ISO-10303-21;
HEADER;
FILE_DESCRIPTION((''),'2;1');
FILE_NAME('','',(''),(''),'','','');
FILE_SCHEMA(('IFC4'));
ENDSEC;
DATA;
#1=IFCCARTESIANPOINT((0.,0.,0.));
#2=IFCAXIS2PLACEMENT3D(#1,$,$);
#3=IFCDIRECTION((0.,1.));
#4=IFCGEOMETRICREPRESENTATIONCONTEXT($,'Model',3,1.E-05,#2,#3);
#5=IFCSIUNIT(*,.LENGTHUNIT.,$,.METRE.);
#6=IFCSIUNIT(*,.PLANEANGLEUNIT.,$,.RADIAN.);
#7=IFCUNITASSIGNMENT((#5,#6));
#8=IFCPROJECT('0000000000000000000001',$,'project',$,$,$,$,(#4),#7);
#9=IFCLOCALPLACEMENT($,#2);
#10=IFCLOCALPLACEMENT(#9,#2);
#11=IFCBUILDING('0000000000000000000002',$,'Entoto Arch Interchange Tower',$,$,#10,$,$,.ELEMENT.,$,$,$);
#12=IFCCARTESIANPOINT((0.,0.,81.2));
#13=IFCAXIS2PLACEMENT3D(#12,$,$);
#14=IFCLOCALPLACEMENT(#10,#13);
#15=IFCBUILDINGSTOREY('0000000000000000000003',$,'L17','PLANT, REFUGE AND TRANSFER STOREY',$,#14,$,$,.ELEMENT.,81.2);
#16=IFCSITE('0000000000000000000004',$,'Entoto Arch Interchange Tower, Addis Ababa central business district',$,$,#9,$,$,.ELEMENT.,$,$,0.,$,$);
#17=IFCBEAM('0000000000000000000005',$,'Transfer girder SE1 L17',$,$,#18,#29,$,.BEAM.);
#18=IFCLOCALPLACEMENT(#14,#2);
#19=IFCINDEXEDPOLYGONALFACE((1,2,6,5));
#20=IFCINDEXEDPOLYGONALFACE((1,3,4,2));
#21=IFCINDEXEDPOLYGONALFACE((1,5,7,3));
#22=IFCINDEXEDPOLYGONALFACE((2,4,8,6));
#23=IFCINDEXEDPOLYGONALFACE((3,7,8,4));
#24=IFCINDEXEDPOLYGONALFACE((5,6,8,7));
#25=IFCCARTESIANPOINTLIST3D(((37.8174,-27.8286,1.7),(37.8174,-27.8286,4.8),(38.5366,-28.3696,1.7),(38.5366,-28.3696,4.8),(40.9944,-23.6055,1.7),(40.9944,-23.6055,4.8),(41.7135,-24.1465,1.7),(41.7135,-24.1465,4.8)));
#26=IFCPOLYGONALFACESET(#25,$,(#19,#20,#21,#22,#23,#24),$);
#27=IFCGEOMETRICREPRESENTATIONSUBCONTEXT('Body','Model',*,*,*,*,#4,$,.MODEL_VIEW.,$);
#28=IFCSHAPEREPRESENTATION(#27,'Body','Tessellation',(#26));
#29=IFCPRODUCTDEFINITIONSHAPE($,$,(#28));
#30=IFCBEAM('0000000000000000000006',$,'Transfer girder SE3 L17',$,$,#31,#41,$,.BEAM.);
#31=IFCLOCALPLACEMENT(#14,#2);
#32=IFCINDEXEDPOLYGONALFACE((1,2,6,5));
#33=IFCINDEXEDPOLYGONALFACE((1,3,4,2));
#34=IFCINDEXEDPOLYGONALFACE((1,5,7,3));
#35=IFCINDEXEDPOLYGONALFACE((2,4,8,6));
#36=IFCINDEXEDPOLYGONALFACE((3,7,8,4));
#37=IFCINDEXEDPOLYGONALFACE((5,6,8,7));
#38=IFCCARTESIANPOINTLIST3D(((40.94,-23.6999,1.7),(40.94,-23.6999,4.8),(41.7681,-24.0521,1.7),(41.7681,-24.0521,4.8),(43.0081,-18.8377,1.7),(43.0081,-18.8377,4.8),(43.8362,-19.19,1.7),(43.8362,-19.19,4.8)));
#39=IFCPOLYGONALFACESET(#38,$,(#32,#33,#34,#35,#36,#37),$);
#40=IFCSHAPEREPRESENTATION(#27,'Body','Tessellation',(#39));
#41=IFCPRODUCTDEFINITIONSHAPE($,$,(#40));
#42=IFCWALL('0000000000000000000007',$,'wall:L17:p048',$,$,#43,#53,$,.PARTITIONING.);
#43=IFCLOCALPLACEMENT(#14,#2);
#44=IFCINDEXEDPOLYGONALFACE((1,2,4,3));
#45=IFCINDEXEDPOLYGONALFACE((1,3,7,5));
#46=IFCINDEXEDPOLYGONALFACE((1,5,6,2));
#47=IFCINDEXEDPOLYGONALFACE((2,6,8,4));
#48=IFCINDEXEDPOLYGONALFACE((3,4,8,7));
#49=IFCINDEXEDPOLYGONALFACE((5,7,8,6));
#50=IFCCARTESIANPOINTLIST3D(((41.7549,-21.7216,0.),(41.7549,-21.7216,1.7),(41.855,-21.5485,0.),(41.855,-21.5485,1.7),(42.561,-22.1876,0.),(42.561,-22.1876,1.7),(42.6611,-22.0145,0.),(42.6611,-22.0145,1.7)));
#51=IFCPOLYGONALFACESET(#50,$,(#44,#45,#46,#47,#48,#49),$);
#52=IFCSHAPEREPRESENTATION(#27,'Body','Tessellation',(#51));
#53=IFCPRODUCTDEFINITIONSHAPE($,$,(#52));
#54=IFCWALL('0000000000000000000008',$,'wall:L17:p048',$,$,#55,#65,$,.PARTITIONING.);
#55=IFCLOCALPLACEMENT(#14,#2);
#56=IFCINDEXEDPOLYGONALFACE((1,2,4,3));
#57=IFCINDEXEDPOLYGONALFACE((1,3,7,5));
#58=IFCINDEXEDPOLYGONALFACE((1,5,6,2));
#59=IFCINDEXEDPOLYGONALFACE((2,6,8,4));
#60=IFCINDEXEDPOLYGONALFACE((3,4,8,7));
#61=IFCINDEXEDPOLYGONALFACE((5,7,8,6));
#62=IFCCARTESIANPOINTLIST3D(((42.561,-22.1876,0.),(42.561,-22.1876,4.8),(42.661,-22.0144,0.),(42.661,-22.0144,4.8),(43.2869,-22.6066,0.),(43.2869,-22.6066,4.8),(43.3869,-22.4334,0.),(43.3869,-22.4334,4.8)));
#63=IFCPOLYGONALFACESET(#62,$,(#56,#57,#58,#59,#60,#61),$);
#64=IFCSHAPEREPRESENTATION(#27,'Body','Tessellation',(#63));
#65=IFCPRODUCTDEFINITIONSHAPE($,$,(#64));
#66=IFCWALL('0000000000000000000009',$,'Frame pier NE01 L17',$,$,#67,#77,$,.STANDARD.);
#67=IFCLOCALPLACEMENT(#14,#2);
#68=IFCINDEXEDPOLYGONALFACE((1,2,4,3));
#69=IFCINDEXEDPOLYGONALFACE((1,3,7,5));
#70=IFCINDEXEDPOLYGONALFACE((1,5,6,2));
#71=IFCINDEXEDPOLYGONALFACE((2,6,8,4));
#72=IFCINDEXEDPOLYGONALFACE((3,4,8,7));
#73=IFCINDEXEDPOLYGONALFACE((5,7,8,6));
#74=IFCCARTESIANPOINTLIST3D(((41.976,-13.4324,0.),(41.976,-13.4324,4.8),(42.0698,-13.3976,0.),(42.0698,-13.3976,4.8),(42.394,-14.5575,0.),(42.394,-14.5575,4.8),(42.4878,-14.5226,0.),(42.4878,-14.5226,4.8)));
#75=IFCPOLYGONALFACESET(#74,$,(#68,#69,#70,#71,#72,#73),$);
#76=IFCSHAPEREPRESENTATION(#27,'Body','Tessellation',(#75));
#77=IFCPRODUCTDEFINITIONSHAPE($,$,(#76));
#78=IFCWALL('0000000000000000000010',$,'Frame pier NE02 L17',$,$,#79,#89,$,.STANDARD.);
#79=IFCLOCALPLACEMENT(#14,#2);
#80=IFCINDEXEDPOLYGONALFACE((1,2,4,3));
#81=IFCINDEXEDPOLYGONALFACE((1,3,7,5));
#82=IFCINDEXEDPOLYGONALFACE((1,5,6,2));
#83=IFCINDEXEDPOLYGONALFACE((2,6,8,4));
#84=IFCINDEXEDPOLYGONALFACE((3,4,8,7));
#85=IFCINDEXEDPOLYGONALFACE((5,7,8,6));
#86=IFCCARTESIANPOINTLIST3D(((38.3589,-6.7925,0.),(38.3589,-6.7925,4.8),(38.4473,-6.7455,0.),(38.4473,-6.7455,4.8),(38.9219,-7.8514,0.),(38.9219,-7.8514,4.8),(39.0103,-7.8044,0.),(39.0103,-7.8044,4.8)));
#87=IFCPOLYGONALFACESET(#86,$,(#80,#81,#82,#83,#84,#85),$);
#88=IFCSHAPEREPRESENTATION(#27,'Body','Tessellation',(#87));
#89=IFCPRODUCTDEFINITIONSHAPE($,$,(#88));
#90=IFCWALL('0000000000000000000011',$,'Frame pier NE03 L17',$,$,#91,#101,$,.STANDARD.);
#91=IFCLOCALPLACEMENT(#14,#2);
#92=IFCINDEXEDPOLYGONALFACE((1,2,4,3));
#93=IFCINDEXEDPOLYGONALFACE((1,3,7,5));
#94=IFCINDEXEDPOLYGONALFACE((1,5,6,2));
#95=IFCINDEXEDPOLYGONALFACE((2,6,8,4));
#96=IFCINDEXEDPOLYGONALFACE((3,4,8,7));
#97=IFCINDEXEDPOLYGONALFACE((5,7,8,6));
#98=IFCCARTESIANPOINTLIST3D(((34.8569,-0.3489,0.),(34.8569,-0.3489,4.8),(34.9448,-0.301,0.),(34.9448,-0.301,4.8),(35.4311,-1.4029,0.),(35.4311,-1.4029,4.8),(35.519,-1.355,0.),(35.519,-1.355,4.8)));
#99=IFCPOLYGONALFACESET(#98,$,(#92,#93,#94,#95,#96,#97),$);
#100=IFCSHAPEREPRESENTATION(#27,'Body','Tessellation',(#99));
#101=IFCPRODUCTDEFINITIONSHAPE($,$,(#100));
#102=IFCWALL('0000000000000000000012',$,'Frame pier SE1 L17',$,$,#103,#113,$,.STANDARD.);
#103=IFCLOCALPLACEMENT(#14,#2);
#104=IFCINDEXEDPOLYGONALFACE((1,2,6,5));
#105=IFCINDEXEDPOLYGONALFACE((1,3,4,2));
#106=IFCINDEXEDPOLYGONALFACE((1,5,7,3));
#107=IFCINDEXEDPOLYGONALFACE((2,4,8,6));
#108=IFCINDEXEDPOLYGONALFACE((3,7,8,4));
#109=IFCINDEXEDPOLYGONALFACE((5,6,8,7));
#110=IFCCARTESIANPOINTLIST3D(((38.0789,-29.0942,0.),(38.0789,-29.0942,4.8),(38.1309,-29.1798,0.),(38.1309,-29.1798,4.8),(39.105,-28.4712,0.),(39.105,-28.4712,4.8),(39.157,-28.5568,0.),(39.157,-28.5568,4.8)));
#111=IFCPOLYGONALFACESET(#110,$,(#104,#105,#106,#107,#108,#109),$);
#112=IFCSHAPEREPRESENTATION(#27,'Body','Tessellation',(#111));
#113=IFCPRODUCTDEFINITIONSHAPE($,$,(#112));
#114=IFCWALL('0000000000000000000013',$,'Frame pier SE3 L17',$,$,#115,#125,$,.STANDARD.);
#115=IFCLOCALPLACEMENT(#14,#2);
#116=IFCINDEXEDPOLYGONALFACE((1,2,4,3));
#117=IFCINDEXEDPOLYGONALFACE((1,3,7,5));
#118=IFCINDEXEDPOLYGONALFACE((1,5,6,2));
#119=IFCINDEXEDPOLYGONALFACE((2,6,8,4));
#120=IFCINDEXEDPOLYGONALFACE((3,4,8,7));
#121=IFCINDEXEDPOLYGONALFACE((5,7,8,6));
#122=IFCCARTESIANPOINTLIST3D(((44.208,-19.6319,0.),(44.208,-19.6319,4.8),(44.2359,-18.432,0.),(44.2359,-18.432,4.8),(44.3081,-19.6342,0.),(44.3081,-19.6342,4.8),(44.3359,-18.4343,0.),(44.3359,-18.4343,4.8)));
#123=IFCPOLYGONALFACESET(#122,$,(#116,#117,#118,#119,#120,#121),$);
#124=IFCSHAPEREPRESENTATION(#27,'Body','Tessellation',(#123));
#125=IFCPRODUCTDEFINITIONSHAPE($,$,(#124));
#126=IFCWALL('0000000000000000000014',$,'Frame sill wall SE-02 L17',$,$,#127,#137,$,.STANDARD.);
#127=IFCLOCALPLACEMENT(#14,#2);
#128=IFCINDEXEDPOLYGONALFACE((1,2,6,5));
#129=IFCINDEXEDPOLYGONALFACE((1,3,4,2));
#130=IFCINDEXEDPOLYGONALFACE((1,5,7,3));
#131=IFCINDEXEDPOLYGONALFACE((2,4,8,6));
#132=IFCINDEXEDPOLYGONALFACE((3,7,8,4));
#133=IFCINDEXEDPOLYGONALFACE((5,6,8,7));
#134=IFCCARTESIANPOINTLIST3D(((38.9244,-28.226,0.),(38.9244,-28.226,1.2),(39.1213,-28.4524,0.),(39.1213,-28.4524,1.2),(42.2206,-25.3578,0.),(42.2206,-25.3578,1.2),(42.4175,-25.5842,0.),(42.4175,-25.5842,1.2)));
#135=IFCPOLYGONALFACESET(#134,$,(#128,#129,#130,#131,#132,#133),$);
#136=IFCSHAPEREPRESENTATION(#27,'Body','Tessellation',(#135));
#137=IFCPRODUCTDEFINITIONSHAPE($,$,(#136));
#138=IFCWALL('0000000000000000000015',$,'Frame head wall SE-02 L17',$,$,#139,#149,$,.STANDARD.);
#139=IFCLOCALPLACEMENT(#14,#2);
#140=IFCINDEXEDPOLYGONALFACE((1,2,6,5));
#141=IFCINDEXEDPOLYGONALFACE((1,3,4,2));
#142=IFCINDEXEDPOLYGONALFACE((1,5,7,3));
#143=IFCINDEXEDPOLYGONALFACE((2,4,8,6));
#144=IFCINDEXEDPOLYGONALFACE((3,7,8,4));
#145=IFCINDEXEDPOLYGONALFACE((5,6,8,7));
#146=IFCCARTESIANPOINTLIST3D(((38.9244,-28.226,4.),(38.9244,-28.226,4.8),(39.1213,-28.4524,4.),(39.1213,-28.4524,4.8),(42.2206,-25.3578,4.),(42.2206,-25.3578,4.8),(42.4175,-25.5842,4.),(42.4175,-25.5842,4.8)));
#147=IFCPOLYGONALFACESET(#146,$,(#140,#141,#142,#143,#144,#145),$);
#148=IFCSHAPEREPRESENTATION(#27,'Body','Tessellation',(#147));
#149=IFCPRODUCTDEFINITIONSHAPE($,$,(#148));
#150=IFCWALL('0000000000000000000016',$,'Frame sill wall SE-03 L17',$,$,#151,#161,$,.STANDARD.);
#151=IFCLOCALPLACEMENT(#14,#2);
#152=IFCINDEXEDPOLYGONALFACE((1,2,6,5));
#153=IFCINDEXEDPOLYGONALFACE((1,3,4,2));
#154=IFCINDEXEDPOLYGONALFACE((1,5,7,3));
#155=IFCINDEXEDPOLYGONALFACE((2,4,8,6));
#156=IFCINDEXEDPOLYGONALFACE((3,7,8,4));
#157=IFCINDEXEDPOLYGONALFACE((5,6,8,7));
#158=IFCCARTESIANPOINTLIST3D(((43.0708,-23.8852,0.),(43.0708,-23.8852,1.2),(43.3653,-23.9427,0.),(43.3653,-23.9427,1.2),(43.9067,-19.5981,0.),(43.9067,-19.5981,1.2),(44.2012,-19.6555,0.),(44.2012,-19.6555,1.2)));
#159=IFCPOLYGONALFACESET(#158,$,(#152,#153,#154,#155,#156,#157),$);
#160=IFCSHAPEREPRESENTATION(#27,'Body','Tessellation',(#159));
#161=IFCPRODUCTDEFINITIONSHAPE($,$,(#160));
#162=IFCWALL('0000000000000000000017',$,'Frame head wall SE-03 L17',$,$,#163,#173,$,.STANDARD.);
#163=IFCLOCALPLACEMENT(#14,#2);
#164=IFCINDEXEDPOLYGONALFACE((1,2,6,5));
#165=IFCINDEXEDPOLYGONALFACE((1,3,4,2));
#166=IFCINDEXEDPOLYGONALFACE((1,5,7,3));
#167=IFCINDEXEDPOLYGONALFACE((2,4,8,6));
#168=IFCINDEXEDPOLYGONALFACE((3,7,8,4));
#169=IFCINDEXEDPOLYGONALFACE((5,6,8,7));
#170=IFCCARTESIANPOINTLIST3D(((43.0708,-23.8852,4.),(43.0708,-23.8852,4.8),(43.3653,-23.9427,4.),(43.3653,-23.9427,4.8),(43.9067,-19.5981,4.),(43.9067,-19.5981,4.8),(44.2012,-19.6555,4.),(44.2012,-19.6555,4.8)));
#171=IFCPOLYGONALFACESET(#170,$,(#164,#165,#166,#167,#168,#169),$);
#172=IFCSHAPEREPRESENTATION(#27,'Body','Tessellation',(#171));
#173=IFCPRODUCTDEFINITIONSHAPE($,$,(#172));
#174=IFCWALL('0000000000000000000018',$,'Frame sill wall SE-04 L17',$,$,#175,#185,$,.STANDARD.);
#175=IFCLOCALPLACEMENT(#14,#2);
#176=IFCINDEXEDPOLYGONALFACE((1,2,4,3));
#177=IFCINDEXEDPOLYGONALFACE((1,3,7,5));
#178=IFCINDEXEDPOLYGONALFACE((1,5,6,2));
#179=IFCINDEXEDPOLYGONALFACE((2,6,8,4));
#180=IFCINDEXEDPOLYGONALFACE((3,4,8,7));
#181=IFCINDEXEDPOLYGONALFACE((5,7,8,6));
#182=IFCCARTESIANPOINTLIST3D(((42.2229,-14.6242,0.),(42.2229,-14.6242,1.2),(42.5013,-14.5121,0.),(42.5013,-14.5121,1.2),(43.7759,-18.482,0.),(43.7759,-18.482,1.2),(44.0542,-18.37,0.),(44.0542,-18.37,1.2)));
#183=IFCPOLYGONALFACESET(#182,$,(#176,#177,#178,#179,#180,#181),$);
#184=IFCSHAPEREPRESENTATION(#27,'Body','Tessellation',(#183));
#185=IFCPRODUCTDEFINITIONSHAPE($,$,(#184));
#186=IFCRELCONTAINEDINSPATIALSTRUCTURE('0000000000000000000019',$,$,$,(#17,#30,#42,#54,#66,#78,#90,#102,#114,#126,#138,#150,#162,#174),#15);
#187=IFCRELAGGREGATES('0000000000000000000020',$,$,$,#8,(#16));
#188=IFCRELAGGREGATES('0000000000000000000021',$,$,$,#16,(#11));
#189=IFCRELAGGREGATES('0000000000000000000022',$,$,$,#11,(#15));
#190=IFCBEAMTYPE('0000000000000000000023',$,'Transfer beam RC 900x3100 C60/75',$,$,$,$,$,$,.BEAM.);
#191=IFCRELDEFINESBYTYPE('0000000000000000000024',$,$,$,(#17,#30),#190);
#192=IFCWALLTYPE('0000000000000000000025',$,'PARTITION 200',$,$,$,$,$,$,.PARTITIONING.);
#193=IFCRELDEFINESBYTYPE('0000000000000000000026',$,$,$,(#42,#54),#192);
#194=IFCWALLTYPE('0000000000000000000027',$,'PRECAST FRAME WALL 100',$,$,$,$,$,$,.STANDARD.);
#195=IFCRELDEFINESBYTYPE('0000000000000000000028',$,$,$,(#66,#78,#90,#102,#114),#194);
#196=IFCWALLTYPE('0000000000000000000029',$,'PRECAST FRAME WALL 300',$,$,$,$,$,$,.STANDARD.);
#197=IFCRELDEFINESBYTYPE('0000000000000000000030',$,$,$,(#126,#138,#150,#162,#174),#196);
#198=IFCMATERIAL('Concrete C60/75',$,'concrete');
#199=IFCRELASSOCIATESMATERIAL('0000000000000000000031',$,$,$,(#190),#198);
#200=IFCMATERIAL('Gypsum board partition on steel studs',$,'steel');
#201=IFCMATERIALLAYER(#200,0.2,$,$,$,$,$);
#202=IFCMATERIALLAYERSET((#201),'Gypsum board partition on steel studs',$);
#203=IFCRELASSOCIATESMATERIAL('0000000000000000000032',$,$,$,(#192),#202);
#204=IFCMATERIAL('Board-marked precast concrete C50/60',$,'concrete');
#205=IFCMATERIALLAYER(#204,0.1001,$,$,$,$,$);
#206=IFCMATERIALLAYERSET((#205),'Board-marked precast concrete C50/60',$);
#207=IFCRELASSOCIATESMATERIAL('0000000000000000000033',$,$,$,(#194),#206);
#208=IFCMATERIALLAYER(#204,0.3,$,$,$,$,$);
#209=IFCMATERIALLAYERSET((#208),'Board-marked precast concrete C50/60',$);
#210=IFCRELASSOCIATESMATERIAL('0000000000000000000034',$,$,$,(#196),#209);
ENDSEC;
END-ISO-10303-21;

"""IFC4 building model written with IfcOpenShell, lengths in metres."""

from ifc_helpers import new_model, si_unit, direction, frame, frame_2d, origin, origin_2d, place, context, subcontext, project, spatial, rectangle, extrude, material, layer, layer_set, material_profile, profile_set, type_object, element, save


model = new_model("IFC4")

# Units and contexts
model_context = context("Model", 3, precision=1e-05, world=origin(), true_north=direction((0.0, 1.0)))
body_context = subcontext(model_context, "Body", "Model", "MODEL_VIEW")
ifc_project = project(units=[si_unit("LENGTHUNIT", "METRE"), si_unit("PLANEANGLEUNIT", "RADIAN")], contexts=[model_context])

# Site, building, storey
site_placement = place(None, origin())
site = spatial("IfcSite", under=ifc_project, at=site_placement, Name="Entoto Arch Interchange Tower, Addis Ababa central business district", CompositionType="ELEMENT", RefElevation=0.0)
building_placement = place(site_placement, origin())
building = spatial("IfcBuilding", under=site, at=building_placement, Name="Entoto Arch Interchange Tower", CompositionType="ELEMENT")
storey_placement = place(building_placement, frame((0.0, 0.0, 81.2)))
storey = spatial("IfcBuildingStorey", under=building, at=storey_placement, Name="L17", Description="PLANT, REFUGE AND TRANSFER STOREY", CompositionType="ELEMENT", Elevation=81.2)

# Shared definitions
ifc_material_1 = material(Name="Concrete C60/75", Category="concrete")

# Beams
ifc_material_profile_1 = material_profile(ifc_material_1, rectangle(XDim=0.8999, YDim=3.1001, at=origin_2d()))
ifc_profile_set_1 = profile_set([ifc_material_profile_1], Name="Concrete C60/75")
beam_type_1 = type_object("IfcBeamType", Name="Transfer beam RC 900x3100 C60/75", PredefinedType="BEAM", material=ifc_profile_set_1)
beam_1_placement = place(storey_placement, frame((38.177, -28.0991, 3.25), z_axis=(0.601167, 0.799123, 0.0), x_axis=(-0.799123, 0.601167, 0.0)))
element("IfcBeam", 1, at=beam_1_placement, inside=storey, type_object=beam_type_1, Name="Transfer girder SE1 L17", PredefinedType="BEAM", context=body_context, shape_type="SweptSolid", body=[
    extrude(rectangle(XDim=0.8999, YDim=3.1001, at=origin_2d()), origin(), (0.0, 0.0, 1.0), 5.2847),
])
beam_2_placement = place(storey_placement, frame((41.354, -23.876, 3.25), z_axis=(0.391419, 0.920212, 0.0), x_axis=(-0.920212, 0.391419, 0.0)))
element("IfcBeam", 2, at=beam_2_placement, inside=storey, type_object=beam_type_1, Name="Transfer girder SE3 L17", PredefinedType="BEAM", context=body_context, shape_type="SweptSolid", body=[
    extrude(rectangle(XDim=0.8999, YDim=3.1001, at=origin_2d()), origin(), (0.0, 0.0, 1.0), 5.2837),
])

# Walls
ifc_material_2 = material(Name="Gypsum board partition on steel studs", Category="steel")
ifc_layer_1 = layer(ifc_material_2, 0.2)
ifc_layer_set_1 = layer_set([ifc_layer_1], Name="Gypsum board partition on steel studs")
wall_type_1 = type_object("IfcWallType", Name="PARTITION 200", PredefinedType="PARTITIONING", material=ifc_layer_set_1)
wall_1_placement = place(storey_placement, frame((41.8049, -21.635, 0.0), z_axis=(0.0, 0.0, 1.0), x_axis=(0.865731, -0.500509, 0.0)))
element("IfcWall", 3, at=wall_1_placement, inside=storey, type_object=wall_type_1, Name="wall:L17:p048", PredefinedType="PARTITIONING", context=body_context, shape_type="SweptSolid", body=[
    extrude(rectangle(XDim=0.9312, YDim=0.2, at=frame_2d((0.4656, 0.0))), origin(), (0.0, 0.0, 1.0), 1.7),
])
wall_2_placement = place(storey_placement, frame((42.6111, -22.1011, 0.0), z_axis=(0.0, 0.0, 1.0), x_axis=(0.866084, -0.499899, 0.0)))
element("IfcWall", 4, at=wall_2_placement, inside=storey, type_object=wall_type_1, Name="wall:L17:p048", PredefinedType="PARTITIONING", context=body_context, shape_type="SweptSolid", body=[
    extrude(rectangle(XDim=0.8381, YDim=0.2, at=frame_2d((0.4189, 0.0))), origin(), (0.0, 0.0, 1.0), 4.8),
])
ifc_material_3 = material(Name="Board-marked precast concrete C50/60", Category="concrete")
ifc_layer_2 = layer(ifc_material_3, 0.1001)
ifc_layer_set_2 = layer_set([ifc_layer_2], Name="Board-marked precast concrete C50/60")
wall_type_2 = type_object("IfcWallType", Name="PRECAST FRAME WALL 100", PredefinedType="STANDARD", material=ifc_layer_set_2)
wall_3_placement = place(storey_placement, frame((42.4409, -14.54, 0.0), z_axis=(0.0, 0.0, 1.0), x_axis=(-0.348268, 0.937395, 0.0)))
element("IfcWall", 5, at=wall_3_placement, inside=storey, type_object=wall_type_2, Name="Frame pier NE01 L17", PredefinedType="STANDARD", context=body_context, shape_type="SweptSolid", body=[
    extrude(rectangle(XDim=1.2002, YDim=0.1001, at=frame_2d((0.6001, 0.0))), origin(), (0.0, 0.0, 1.0), 4.8),
])
wall_4_placement = place(storey_placement, frame((38.9661, -7.8279, 0.0), z_axis=(0.0, 0.0, 1.0), x_axis=(-0.469468, 0.88295, 0.0)))
element("IfcWall", 6, at=wall_4_placement, inside=storey, type_object=wall_type_2, Name="Frame pier NE02 L17", PredefinedType="STANDARD", context=body_context, shape_type="SweptSolid", body=[
    extrude(rectangle(XDim=1.1992, YDim=0.1001, at=frame_2d((0.5996, 0.0))), origin(), (0.0, 0.0, 1.0), 4.8),
])
wall_5_placement = place(storey_placement, frame((35.4751, -1.3789, 0.0), z_axis=(0.0, 0.0, 1.0), x_axis=(-0.478425, 0.878129, 0.0)))
element("IfcWall", 7, at=wall_5_placement, inside=storey, type_object=wall_type_2, Name="Frame pier NE03 L17", PredefinedType="STANDARD", context=body_context, shape_type="SweptSolid", body=[
    extrude(rectangle(XDim=1.2002, YDim=0.1001, at=frame_2d((0.6001, 0.0))), origin(), (0.0, 0.0, 1.0), 4.8),
])
wall_6_placement = place(storey_placement, frame((38.105, -29.137, 0.0), z_axis=(0.0, 0.0, 1.0), x_axis=(0.854771, 0.519005, 0.0)))
element("IfcWall", 8, at=wall_6_placement, inside=storey, type_object=wall_type_2, Name="Frame pier SE1 L17", PredefinedType="STANDARD", context=body_context, shape_type="SweptSolid", body=[
    extrude(rectangle(XDim=1.2004, YDim=0.1001, at=frame_2d((0.6001, 0.0))), origin(), (0.0, 0.0, 1.0), 4.8),
])
wall_7_placement = place(storey_placement, frame((44.2581, -19.6331, 0.0), z_axis=(0.0, 0.0, 1.0), x_axis=(0.023188, 0.999731, 0.0)))
element("IfcWall", 9, at=wall_7_placement, inside=storey, type_object=wall_type_2, Name="Frame pier SE3 L17", PredefinedType="STANDARD", context=body_context, shape_type="SweptSolid", body=[
    extrude(rectangle(XDim=1.2002, YDim=0.1001, at=frame_2d((0.6001, 0.0))), origin(), (0.0, 0.0, 1.0), 4.8),
])
ifc_layer_3 = layer(ifc_material_3, 0.3)
ifc_layer_set_3 = layer_set([ifc_layer_3], Name="Board-marked precast concrete C50/60")
wall_type_3 = type_object("IfcWallType", Name="PRECAST FRAME WALL 300", PredefinedType="STANDARD", material=ifc_layer_set_3)
wall_8_placement = place(storey_placement, frame((39.0229, -28.3391, 0.0), z_axis=(0.0, 0.0, 1.0), x_axis=(0.754384, 0.656433, 0.0)))
element("IfcWall", 10, at=wall_8_placement, inside=storey, type_object=wall_type_3, Name="Frame sill wall SE-02 L17", PredefinedType="STANDARD", context=body_context, shape_type="SweptSolid", body=[
    extrude(rectangle(XDim=4.3694, YDim=0.3, at=frame_2d((2.1846, 0.0))), origin(), (0.0, 0.0, 1.0), 1.2),
])
wall_9_placement = place(storey_placement, frame((39.0229, -28.3391, 4.0), z_axis=(0.0, 0.0, 1.0), x_axis=(0.754384, 0.656433, 0.0)))
element("IfcWall", 11, at=wall_9_placement, inside=storey, type_object=wall_type_3, Name="Frame head wall SE-02 L17", PredefinedType="STANDARD", context=body_context, shape_type="SweptSolid", body=[
    extrude(rectangle(XDim=4.3694, YDim=0.3, at=frame_2d((2.1846, 0.0))), origin(), (0.0, 0.0, 1.0), 0.8),
])
wall_10_placement = place(storey_placement, frame((43.218, -23.9141, 0.0), z_axis=(0.0, 0.0, 1.0), x_axis=(0.191384, 0.981515, 0.0)))
element("IfcWall", 12, at=wall_10_placement, inside=storey, type_object=wall_type_3, Name="Frame sill wall SE-03 L17", PredefinedType="STANDARD", context=body_context, shape_type="SweptSolid", body=[
    extrude(rectangle(XDim=4.3679, YDim=0.3, at=frame_2d((2.1841, 0.0))), origin(), (0.0, 0.0, 1.0), 1.2),
])
wall_11_placement = place(storey_placement, frame((43.218, -23.9141, 4.0), z_axis=(0.0, 0.0, 1.0), x_axis=(0.191384, 0.981515, 0.0)))
element("IfcWall", 13, at=wall_11_placement, inside=storey, type_object=wall_type_3, Name="Frame head wall SE-03 L17", PredefinedType="STANDARD", context=body_context, shape_type="SweptSolid", body=[
    extrude(rectangle(XDim=4.3679, YDim=0.3, at=frame_2d((2.1841, 0.0))), origin(), (0.0, 0.0, 1.0), 0.8),
])
wall_12_placement = place(storey_placement, frame((43.915, -18.426, 0.0), z_axis=(0.0, 0.0, 1.0), x_axis=(-0.373424, 0.927661, 0.0)))
element("IfcWall", 14, at=wall_12_placement, inside=storey, type_object=wall_type_3, Name="Frame sill wall SE-04 L17", PredefinedType="STANDARD", context=body_context, shape_type="SweptSolid", body=[
    extrude(rectangle(XDim=4.1587, YDim=0.3, at=frame_2d((2.0793, 0.0))), origin(), (0.0, 0.0, 1.0), 1.2),
])

save(model, "model.ifc")
